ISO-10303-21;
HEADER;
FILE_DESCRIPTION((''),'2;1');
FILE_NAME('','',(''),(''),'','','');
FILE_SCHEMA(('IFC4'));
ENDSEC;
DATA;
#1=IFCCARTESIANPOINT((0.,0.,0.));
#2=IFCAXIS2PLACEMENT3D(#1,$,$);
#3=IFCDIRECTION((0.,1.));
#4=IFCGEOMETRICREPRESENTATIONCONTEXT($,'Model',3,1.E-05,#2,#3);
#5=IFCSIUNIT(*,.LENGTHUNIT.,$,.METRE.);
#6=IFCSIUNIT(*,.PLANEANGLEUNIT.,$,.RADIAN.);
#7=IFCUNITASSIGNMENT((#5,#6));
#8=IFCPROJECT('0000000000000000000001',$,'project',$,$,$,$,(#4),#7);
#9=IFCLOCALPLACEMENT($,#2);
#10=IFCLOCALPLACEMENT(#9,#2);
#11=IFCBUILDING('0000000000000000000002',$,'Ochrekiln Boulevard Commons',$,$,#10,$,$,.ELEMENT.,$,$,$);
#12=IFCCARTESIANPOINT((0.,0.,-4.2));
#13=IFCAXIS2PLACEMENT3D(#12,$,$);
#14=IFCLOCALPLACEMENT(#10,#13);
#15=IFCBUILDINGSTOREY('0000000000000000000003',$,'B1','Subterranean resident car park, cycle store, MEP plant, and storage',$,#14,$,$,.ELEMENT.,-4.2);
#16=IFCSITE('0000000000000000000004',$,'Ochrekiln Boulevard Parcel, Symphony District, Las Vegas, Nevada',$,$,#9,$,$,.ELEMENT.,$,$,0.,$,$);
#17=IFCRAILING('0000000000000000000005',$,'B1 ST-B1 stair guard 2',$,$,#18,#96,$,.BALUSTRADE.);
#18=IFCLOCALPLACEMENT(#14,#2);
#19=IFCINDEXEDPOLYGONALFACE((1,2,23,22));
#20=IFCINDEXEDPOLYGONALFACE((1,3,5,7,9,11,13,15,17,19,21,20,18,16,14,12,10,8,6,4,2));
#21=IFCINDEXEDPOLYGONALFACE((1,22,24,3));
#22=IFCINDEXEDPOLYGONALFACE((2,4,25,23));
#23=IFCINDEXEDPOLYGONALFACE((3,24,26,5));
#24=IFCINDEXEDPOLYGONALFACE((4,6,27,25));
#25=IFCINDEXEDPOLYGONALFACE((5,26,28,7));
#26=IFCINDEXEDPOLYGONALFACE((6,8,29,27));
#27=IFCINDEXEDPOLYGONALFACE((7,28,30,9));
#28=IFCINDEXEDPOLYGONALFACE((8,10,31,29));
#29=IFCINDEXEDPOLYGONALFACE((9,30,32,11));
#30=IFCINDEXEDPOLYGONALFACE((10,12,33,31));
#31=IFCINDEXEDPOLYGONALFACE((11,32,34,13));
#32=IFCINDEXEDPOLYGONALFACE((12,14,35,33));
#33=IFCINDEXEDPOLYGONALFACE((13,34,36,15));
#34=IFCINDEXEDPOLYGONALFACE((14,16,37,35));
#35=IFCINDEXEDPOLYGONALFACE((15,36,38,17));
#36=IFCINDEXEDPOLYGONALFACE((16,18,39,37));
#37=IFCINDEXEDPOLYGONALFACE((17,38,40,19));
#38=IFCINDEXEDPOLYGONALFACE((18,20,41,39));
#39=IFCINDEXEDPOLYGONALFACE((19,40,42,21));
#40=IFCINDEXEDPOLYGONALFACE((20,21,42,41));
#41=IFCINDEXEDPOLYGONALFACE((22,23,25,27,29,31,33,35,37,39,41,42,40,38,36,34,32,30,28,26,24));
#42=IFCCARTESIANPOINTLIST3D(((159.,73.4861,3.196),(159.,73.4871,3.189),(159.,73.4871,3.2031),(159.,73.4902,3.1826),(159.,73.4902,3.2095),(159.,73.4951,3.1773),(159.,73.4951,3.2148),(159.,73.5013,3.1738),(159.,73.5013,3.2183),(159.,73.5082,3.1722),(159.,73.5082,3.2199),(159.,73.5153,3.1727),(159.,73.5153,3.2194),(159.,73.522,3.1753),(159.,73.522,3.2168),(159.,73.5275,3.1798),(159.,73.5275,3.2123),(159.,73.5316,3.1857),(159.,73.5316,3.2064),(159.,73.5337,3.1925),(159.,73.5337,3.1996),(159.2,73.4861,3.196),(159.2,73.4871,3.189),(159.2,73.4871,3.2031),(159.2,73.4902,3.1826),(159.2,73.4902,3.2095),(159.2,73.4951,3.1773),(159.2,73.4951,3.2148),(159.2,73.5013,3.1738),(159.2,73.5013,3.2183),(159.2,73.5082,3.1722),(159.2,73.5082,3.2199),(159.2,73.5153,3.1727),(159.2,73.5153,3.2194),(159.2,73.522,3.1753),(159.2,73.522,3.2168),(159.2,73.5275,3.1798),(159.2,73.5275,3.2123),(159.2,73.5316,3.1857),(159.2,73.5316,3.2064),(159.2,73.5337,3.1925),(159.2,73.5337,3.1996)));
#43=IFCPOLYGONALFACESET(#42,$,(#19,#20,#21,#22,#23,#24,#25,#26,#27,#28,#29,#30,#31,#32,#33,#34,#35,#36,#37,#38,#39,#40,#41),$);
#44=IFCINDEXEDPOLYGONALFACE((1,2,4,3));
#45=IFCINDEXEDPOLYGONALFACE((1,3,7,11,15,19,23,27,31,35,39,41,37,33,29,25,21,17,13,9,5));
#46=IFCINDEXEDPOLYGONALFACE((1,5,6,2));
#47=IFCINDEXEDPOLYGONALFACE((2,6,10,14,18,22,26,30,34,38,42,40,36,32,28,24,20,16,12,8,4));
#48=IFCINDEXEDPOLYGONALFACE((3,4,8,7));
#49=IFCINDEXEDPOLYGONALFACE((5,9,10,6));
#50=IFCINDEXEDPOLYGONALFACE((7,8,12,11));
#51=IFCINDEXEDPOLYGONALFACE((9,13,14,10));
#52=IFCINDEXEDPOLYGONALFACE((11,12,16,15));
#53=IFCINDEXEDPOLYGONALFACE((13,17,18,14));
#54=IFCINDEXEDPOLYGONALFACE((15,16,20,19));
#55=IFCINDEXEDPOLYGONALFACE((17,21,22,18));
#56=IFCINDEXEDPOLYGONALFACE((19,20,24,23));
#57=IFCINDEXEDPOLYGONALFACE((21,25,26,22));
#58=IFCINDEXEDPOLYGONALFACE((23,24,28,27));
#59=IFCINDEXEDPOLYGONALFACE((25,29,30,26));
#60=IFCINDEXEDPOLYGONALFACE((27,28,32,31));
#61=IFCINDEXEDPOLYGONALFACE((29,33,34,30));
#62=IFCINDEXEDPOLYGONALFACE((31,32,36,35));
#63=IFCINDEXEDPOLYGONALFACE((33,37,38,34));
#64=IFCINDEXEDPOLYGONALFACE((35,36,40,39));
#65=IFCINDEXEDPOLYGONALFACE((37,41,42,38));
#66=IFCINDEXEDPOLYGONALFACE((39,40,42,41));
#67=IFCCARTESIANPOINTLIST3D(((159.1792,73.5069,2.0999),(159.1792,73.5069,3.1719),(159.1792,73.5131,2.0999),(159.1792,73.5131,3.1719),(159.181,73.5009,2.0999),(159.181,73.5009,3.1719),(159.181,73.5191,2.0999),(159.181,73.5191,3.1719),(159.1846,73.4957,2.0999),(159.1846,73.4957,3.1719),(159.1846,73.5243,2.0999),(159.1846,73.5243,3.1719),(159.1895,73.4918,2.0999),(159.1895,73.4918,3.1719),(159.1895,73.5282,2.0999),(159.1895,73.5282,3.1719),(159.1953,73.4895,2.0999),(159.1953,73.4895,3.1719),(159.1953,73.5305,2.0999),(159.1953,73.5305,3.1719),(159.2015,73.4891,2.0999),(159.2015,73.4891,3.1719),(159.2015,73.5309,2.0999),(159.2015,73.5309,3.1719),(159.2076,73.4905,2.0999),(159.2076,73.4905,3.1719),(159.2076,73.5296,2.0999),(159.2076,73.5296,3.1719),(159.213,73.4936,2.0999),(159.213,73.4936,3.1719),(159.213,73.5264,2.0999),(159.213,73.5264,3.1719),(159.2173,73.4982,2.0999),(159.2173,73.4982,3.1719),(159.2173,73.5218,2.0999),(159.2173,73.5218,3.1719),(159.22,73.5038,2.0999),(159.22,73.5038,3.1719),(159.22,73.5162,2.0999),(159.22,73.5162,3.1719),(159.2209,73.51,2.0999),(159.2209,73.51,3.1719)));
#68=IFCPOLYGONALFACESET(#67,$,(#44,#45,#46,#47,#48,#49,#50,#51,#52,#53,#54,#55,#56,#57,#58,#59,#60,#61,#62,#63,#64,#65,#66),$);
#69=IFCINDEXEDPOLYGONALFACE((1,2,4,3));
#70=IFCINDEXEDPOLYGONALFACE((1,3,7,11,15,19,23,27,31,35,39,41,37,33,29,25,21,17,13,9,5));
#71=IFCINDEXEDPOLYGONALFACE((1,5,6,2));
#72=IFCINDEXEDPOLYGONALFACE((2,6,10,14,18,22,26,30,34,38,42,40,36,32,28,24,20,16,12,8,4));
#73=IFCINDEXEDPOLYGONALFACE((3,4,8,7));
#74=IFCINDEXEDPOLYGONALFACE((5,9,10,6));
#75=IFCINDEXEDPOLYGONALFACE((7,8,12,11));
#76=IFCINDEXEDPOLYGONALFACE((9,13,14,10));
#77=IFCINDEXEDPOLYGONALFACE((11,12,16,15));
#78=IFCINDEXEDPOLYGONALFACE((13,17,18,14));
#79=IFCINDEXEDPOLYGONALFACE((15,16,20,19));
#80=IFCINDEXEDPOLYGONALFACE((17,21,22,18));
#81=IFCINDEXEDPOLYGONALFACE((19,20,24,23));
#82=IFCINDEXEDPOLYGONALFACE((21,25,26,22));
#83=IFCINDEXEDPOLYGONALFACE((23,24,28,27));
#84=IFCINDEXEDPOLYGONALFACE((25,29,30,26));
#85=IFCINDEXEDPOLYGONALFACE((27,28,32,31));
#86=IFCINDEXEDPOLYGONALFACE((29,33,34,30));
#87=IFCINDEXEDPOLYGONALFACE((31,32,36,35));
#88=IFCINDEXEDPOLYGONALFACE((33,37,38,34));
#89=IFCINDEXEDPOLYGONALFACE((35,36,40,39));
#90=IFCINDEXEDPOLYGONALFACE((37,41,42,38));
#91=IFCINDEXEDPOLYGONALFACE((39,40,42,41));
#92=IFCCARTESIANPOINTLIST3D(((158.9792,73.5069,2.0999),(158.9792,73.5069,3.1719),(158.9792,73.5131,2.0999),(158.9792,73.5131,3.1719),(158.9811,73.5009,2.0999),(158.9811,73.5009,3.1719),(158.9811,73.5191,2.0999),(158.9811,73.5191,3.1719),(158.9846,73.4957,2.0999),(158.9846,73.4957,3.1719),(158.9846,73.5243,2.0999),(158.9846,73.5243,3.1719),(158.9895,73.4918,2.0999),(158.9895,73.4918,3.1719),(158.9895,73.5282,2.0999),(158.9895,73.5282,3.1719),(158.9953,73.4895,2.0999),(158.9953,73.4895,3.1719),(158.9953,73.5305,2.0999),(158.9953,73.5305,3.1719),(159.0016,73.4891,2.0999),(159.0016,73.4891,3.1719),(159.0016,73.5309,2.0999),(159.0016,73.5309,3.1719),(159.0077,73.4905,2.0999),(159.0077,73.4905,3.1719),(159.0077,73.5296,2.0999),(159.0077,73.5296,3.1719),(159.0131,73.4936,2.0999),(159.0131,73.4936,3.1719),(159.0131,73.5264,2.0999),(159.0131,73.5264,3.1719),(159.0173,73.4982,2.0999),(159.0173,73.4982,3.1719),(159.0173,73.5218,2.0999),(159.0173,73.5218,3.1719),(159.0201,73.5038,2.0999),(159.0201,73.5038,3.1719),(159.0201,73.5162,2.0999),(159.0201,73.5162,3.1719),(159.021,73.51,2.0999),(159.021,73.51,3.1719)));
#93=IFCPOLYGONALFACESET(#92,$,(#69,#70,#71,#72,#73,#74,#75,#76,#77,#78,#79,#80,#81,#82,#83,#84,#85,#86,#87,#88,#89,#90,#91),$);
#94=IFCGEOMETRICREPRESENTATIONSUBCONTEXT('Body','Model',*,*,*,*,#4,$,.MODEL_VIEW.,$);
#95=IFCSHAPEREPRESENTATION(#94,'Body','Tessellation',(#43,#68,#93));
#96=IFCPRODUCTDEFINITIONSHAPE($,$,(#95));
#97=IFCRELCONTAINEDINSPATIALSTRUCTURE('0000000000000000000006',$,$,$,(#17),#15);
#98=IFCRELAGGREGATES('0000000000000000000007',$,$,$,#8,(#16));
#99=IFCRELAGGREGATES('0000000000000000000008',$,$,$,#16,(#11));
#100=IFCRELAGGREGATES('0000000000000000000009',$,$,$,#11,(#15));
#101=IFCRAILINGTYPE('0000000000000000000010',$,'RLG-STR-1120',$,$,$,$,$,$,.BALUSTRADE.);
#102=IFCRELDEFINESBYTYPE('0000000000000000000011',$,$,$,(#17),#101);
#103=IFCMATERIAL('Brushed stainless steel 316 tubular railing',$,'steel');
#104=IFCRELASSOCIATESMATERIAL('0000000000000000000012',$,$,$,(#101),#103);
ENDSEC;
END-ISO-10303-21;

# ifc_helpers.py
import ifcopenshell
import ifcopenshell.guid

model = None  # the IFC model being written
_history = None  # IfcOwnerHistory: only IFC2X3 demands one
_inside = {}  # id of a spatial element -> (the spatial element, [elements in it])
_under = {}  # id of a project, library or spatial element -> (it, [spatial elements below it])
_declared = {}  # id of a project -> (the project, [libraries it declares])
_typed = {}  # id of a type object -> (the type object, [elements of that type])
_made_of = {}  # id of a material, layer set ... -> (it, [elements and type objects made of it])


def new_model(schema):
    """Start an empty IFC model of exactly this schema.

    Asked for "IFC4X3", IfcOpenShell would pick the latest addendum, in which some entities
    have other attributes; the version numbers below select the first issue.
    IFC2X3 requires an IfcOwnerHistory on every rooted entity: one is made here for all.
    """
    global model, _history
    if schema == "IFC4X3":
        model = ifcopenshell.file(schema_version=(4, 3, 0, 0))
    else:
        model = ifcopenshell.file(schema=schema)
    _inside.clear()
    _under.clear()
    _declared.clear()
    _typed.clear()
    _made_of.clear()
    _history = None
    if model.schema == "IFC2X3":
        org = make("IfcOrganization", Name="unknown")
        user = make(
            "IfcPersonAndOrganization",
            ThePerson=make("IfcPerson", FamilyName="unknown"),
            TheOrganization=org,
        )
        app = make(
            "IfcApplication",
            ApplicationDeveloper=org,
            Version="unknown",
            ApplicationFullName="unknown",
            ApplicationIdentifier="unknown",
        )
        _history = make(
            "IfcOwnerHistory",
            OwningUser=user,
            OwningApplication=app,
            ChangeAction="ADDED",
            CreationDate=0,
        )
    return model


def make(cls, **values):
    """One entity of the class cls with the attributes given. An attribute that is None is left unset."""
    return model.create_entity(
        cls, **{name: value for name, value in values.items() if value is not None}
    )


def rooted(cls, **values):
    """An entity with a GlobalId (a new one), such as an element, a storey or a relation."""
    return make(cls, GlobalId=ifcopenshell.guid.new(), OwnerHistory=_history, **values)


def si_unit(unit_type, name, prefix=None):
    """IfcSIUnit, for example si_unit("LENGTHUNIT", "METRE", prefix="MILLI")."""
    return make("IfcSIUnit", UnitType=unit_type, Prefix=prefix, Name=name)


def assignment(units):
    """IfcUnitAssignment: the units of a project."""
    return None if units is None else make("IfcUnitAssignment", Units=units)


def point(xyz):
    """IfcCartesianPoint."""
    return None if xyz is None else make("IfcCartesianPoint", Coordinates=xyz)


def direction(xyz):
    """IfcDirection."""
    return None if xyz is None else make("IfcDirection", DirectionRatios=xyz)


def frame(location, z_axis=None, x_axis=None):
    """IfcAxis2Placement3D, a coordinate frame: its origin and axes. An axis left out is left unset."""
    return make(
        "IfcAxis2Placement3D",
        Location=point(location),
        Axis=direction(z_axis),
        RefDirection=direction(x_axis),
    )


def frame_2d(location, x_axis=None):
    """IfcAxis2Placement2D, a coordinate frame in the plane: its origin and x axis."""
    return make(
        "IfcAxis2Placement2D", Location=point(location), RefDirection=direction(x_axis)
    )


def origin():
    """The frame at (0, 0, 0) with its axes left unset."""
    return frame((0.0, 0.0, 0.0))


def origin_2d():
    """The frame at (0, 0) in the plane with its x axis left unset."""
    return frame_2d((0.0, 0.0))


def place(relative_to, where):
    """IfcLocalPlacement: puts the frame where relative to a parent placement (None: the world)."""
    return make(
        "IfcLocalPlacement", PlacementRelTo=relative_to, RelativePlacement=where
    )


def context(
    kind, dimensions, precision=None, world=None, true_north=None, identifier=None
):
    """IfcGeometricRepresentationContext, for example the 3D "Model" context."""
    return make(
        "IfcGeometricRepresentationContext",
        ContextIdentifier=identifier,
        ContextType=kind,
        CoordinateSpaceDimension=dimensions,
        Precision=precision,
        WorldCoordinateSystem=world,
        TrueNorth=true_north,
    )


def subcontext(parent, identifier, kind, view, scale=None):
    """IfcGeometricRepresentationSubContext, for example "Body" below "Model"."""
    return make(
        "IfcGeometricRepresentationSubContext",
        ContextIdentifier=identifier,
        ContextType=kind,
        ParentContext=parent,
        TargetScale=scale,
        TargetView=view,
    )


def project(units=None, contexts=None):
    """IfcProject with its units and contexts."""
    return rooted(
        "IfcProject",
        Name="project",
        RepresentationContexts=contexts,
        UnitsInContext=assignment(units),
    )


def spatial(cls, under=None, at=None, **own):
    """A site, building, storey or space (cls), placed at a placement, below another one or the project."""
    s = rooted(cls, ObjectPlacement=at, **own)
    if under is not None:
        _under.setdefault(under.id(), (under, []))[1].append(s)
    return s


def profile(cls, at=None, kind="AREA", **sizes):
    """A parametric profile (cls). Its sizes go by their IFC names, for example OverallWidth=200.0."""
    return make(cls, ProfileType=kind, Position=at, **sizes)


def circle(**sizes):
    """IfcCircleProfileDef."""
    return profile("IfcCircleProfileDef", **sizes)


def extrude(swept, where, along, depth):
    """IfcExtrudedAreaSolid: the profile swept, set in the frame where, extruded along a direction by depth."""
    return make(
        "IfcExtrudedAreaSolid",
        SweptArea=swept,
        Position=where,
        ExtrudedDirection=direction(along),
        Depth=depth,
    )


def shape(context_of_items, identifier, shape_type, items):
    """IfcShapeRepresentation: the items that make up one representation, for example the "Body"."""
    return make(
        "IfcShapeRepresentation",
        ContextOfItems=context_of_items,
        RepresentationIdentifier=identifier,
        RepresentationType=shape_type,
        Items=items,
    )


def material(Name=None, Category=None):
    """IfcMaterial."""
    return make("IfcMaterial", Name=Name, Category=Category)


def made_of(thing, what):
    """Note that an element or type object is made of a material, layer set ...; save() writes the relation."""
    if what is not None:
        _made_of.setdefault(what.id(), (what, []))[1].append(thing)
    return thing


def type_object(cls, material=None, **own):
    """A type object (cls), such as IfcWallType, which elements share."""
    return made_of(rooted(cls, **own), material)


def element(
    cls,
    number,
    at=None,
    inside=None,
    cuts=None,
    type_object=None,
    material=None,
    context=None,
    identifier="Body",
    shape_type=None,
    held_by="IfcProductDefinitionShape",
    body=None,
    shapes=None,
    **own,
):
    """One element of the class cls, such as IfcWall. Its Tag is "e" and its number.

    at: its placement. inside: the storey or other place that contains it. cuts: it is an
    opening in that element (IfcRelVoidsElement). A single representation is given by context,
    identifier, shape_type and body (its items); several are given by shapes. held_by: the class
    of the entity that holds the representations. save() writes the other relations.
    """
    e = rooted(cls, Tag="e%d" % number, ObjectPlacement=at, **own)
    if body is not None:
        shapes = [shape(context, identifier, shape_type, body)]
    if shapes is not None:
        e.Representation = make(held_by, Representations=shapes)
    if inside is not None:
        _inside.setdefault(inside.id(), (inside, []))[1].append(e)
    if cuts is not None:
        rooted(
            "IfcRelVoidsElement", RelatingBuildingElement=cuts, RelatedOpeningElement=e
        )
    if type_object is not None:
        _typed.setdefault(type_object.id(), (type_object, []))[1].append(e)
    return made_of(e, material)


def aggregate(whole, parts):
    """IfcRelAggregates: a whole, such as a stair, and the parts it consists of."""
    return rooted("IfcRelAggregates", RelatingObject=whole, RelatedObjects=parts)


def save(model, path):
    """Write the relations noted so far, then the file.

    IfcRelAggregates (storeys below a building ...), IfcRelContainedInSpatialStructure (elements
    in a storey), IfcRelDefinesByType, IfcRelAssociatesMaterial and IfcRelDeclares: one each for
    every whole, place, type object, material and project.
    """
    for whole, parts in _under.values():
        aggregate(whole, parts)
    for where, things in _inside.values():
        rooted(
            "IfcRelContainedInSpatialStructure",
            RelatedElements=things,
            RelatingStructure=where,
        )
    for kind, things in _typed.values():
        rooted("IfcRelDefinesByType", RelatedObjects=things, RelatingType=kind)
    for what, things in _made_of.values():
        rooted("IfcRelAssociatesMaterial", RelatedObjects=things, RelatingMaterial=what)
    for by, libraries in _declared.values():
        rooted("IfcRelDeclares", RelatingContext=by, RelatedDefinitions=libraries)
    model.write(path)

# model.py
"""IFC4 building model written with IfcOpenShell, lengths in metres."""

from ifc_helpers import new_model, si_unit, direction, frame, origin, origin_2d, place, context, subcontext, project, spatial, circle, extrude, material, type_object, element, save


model = new_model("IFC4")

# Units and contexts
model_context = context("Model", 3, precision=1e-05, world=origin(), true_north=direction((0.0, 1.0)))
body_context = subcontext(model_context, "Body", "Model", "MODEL_VIEW")
ifc_project = project(units=[si_unit("LENGTHUNIT", "METRE"), si_unit("PLANEANGLEUNIT", "RADIAN")], contexts=[model_context])

# Site, building, storey
site_placement = place(None, origin())
site = spatial("IfcSite", under=ifc_project, at=site_placement, Name="Ochrekiln Boulevard Parcel, Symphony District, Las Vegas, Nevada", CompositionType="ELEMENT", RefElevation=0.0)
building_placement = place(site_placement, origin())
building = spatial("IfcBuilding", under=site, at=building_placement, Name="Ochrekiln Boulevard Commons", CompositionType="ELEMENT")
storey_placement = place(building_placement, frame((0.0, 0.0, -4.2)))
storey = spatial("IfcBuildingStorey", under=building, at=storey_placement, Name="B1", Description="Subterranean resident car park, cycle store, MEP plant, and storage", CompositionType="ELEMENT", Elevation=-4.2)

# Railing
ifc_material_1 = material(Name="Brushed stainless steel 316 tubular railing", Category="steel")
railing_type_1 = type_object("IfcRailingType", Name="RLG-STR-1120", PredefinedType="BALUSTRADE", material=ifc_material_1)
railing_1_placement = place(storey_placement, frame((159.2, 73.51, 2.0999)))
element("IfcRailing", 1, at=railing_1_placement, inside=storey, type_object=railing_type_1, Name="B1 ST-B1 stair guard 2", PredefinedType="BALUSTRADE", context=body_context, shape_type="SweptSolid", body=[
    extrude(circle(Radius=0.0239, at=origin_2d()), frame((0.0, 0.0, 1.0962), z_axis=(-1.0, 0.0, 0.0), x_axis=(0.0, -1.0, 0.0)), (0.0, 0.0, 1.0), 0.2),
    extrude(circle(Radius=0.021, at=origin_2d()), origin(), (0.0, 0.0, 1.0), 1.072),
    extrude(circle(Radius=0.021, at=origin_2d()), frame((-0.2, 0.0, 0.0)), (0.0, 0.0, 1.0), 1.072),
])

save(model, "model.ifc")
